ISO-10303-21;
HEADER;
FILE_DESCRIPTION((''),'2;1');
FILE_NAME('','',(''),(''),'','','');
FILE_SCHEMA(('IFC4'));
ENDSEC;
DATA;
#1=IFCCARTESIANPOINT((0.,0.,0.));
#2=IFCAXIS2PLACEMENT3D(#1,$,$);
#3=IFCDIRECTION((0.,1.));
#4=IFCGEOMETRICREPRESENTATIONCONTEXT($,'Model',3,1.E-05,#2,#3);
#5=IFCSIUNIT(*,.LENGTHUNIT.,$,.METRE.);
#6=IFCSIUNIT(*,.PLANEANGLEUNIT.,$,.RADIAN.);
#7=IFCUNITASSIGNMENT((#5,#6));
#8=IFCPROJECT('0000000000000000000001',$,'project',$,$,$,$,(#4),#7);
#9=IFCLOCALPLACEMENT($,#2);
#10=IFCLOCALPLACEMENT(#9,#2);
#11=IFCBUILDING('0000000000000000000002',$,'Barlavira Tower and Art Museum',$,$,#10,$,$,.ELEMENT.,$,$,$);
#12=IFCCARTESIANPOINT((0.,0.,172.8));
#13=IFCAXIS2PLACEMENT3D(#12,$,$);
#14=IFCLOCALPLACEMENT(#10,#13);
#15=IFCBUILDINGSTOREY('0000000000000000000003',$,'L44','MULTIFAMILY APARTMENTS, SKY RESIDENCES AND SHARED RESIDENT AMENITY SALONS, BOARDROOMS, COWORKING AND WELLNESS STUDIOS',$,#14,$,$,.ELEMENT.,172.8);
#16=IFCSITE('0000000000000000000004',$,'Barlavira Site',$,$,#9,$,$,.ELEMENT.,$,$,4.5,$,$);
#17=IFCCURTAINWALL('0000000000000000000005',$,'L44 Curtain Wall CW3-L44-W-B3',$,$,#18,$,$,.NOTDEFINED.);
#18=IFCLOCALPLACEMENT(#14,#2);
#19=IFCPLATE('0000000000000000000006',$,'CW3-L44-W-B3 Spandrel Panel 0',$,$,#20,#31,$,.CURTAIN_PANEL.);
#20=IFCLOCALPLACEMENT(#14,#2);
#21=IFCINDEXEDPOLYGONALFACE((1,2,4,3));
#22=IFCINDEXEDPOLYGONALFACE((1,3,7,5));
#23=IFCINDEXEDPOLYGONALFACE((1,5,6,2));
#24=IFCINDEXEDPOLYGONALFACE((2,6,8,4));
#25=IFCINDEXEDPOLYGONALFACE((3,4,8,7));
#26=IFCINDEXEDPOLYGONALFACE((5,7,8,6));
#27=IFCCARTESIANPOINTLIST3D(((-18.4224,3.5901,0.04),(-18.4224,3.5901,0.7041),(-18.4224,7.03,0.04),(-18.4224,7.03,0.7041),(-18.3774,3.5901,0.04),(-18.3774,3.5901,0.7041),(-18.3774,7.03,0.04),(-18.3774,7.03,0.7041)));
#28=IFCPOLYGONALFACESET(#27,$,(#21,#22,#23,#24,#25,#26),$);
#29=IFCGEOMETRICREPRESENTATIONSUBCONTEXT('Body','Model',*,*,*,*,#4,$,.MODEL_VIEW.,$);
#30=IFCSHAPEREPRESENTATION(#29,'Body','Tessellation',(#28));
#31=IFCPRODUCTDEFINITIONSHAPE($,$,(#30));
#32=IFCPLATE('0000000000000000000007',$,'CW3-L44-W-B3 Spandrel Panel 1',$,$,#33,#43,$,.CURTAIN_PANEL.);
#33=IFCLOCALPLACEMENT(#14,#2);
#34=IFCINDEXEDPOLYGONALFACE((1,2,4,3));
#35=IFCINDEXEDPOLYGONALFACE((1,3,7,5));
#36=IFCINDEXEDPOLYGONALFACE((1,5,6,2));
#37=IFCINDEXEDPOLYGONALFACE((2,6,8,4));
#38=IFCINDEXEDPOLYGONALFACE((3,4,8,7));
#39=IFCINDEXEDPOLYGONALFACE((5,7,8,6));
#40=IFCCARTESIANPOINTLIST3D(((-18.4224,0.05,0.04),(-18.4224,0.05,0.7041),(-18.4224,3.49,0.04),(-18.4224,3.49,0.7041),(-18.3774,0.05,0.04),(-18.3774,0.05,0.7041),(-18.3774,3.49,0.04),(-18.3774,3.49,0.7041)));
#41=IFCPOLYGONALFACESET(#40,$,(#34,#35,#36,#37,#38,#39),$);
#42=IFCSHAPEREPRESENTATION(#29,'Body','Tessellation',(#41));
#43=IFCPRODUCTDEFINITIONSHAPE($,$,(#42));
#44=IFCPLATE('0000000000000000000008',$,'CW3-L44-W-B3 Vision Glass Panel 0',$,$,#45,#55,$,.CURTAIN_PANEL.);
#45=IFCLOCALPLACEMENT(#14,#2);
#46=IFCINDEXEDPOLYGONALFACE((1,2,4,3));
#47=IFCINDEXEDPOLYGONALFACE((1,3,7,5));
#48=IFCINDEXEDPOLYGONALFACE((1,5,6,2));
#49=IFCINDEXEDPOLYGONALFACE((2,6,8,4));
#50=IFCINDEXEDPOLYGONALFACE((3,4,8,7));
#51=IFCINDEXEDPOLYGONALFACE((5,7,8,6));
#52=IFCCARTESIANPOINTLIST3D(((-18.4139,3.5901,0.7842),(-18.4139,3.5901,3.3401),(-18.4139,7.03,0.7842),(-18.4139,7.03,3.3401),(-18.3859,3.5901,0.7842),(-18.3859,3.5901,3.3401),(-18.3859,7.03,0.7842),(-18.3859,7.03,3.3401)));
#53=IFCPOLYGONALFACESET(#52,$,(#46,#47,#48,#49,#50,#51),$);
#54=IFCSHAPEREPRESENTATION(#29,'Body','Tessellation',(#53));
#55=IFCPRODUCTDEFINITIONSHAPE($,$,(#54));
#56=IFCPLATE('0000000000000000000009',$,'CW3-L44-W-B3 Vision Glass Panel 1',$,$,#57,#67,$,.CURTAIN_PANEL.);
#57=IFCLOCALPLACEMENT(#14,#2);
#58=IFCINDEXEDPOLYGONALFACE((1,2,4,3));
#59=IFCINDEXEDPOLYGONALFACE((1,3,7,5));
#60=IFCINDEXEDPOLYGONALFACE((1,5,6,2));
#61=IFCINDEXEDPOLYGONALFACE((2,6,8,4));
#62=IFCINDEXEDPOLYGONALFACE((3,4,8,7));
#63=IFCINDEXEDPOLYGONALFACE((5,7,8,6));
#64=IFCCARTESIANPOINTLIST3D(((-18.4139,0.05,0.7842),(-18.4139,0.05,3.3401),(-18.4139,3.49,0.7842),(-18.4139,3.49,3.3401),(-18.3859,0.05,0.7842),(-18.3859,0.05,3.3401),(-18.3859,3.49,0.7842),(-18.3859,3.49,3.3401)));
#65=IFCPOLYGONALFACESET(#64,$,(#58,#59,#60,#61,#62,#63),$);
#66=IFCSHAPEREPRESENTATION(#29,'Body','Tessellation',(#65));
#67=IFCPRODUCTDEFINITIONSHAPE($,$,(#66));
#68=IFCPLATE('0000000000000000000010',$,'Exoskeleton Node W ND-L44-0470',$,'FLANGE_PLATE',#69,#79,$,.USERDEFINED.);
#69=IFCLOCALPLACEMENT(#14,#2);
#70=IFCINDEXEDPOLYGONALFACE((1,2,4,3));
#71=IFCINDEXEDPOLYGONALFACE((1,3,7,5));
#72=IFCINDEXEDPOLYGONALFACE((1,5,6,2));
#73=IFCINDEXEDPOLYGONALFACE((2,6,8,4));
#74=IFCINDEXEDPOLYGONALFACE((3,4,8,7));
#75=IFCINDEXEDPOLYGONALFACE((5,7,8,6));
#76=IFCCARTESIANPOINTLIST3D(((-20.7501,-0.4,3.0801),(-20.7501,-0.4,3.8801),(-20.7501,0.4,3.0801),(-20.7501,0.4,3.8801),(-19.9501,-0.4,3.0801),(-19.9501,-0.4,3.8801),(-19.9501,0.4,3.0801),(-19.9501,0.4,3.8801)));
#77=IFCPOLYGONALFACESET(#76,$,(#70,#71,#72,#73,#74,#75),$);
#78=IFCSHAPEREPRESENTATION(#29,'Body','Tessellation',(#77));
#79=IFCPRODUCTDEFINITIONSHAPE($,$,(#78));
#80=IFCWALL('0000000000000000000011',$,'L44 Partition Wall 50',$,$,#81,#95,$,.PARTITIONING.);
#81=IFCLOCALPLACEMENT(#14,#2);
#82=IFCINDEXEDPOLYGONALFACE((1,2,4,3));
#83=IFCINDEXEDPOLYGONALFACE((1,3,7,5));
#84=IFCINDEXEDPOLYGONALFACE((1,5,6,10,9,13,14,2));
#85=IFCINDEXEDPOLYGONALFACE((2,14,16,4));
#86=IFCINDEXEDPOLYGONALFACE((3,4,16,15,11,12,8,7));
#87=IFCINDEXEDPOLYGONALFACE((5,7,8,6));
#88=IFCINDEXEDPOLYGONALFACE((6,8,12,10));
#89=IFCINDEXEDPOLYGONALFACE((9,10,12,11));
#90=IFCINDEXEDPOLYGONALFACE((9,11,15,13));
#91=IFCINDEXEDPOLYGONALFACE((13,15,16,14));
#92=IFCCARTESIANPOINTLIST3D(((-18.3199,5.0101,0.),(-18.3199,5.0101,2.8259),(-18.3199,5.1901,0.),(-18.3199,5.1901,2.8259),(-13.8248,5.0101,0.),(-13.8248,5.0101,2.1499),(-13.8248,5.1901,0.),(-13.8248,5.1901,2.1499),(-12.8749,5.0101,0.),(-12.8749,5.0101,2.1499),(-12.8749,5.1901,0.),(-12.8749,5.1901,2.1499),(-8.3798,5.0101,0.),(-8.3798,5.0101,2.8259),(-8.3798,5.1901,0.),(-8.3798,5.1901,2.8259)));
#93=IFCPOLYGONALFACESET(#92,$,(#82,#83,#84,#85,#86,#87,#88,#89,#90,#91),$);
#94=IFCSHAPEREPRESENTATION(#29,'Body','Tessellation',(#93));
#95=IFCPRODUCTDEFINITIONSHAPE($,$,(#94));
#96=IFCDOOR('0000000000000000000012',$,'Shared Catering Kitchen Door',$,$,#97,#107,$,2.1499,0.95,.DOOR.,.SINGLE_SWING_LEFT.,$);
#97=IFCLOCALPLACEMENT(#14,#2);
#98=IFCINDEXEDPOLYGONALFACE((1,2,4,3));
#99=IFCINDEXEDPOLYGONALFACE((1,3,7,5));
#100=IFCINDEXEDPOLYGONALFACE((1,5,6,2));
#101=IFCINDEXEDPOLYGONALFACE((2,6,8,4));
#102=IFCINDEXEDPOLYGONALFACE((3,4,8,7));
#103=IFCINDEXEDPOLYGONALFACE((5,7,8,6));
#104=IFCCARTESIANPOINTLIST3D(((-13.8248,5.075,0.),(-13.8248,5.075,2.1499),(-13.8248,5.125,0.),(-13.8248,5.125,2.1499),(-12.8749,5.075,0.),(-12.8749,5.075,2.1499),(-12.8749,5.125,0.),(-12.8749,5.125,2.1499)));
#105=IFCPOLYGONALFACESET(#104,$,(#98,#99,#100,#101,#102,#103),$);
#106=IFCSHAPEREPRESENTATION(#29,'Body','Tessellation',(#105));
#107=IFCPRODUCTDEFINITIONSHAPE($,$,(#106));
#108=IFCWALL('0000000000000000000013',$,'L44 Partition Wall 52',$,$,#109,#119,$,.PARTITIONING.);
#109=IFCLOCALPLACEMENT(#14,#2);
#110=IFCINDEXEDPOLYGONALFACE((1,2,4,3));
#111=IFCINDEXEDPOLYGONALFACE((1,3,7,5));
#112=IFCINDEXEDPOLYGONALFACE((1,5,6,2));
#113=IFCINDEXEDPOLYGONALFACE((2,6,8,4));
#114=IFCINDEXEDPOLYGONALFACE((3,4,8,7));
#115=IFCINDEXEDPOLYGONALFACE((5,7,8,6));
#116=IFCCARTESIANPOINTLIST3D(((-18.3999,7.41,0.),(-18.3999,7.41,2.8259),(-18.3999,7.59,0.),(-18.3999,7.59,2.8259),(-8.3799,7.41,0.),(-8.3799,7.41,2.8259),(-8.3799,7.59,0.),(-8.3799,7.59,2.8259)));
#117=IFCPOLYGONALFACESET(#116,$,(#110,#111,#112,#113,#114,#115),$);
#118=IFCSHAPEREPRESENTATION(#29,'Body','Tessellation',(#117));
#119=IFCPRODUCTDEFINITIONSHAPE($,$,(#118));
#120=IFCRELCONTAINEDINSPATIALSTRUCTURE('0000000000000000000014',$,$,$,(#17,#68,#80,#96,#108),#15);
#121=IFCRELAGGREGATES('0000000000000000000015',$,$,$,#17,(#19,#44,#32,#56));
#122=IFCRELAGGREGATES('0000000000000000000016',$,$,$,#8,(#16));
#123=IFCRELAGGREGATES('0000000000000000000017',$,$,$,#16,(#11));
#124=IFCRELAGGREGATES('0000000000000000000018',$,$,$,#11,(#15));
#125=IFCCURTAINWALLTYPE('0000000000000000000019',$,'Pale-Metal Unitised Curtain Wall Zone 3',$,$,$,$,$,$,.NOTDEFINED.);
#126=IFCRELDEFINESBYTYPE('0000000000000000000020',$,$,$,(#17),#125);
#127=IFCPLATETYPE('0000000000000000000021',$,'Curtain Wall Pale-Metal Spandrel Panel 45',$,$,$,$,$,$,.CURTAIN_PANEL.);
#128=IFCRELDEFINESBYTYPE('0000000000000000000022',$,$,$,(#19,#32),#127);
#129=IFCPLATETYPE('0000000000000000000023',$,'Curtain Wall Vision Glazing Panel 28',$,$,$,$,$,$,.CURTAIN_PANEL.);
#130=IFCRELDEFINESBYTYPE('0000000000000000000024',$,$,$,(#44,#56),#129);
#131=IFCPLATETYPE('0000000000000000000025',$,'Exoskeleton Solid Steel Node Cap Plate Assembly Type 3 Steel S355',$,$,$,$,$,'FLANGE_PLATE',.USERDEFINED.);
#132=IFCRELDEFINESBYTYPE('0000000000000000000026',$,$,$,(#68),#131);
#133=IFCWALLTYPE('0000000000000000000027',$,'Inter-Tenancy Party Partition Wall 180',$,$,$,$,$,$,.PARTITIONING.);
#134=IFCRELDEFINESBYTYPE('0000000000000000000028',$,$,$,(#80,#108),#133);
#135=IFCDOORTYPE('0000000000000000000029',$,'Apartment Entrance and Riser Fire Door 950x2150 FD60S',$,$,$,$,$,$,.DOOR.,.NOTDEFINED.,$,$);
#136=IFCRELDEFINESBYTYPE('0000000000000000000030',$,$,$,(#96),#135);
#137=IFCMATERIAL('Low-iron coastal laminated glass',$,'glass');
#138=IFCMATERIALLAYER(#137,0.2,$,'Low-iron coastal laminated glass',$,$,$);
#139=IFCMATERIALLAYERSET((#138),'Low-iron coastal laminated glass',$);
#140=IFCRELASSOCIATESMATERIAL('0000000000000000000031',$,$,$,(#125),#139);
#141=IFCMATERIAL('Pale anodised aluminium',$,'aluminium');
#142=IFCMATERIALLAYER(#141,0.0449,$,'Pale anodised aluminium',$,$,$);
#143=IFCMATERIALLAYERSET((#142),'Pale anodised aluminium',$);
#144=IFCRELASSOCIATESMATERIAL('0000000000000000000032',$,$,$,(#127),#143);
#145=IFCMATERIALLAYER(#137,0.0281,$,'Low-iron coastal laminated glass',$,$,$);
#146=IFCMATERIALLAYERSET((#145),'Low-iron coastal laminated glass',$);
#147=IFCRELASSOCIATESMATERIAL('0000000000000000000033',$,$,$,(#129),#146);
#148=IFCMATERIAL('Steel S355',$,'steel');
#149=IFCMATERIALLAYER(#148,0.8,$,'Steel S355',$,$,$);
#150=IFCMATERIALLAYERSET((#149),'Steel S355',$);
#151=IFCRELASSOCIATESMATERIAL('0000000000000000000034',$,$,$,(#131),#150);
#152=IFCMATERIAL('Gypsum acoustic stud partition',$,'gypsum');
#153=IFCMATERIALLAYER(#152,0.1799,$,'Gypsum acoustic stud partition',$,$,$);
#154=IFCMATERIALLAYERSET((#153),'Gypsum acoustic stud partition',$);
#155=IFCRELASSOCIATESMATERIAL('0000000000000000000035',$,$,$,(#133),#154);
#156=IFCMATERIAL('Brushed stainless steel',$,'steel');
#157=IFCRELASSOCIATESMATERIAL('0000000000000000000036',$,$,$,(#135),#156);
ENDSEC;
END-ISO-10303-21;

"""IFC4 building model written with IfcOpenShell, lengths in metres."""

from ifc_helpers import new_model, si_unit, direction, frame, frame_2d, origin, origin_2d, place, context, subcontext, project, spatial, rectangle, extrude, material, layer, layer_set, type_object, element, fill, aggregate, save


model = new_model("IFC4")

# Units and contexts
model_context = context("Model", 3, precision=1e-05, world=origin(), true_north=direction((0.0, 1.0)))
body_context = subcontext(model_context, "Body", "Model", "MODEL_VIEW")
ifc_project = project(units=[si_unit("LENGTHUNIT", "METRE"), si_unit("PLANEANGLEUNIT", "RADIAN")], contexts=[model_context])

# Site, building, storey
site_placement = place(None, origin())
site = spatial("IfcSite", under=ifc_project, at=site_placement, Name="Barlavira Site", CompositionType="ELEMENT", RefElevation=4.5)
building_placement = place(site_placement, origin())
building = spatial("IfcBuilding", under=site, at=building_placement, Name="Barlavira Tower and Art Museum", CompositionType="ELEMENT")
storey_placement = place(building_placement, frame((0.0, 0.0, 172.8)))
storey = spatial("IfcBuildingStorey", under=building, at=storey_placement, Name="L44", Description="MULTIFAMILY APARTMENTS, SKY RESIDENCES AND SHARED RESIDENT AMENITY SALONS, BOARDROOMS, COWORKING AND WELLNESS STUDIOS", CompositionType="ELEMENT", Elevation=172.8)

# Curtain wall
ifc_material_1 = material(Name="Low-iron coastal laminated glass", Category="glass")
ifc_layer_1 = layer(ifc_material_1, 0.2, Name="Low-iron coastal laminated glass")
ifc_layer_set_1 = layer_set([ifc_layer_1], Name="Low-iron coastal laminated glass")
curtain_wall_type = type_object("IfcCurtainWallType", Name="Pale-Metal Unitised Curtain Wall Zone 3", PredefinedType="NOTDEFINED", material=ifc_layer_set_1)
curtain_wall_placement = place(storey_placement, origin())
curtain_wall = element("IfcCurtainWall", 1, at=curtain_wall_placement, inside=storey, type_object=curtain_wall_type, Name="L44 Curtain Wall CW3-L44-W-B3", PredefinedType="NOTDEFINED")
ifc_material_2 = material(Name="Pale anodised aluminium", Category="aluminium")

# Shared definitions
ifc_material_3 = material(Name="Steel S355", Category="steel")

# Plates
ifc_layer_2 = layer(ifc_material_2, 0.0449, Name="Pale anodised aluminium")
ifc_layer_set_2 = layer_set([ifc_layer_2], Name="Pale anodised aluminium")
plate_type_1 = type_object("IfcPlateType", Name="Curtain Wall Pale-Metal Spandrel Panel 45", PredefinedType="CURTAIN_PANEL", material=ifc_layer_set_2)
plate_1_placement = place(storey_placement, frame((-18.3999, 5.3101, 0.04), z_axis=(0.0, 0.0, 1.0), x_axis=(0.0, -1.0, 0.0)))
plate_1 = element("IfcPlate", 2, at=plate_1_placement, type_object=plate_type_1, Name="CW3-L44-W-B3 Spandrel Panel 0", PredefinedType="CURTAIN_PANEL", context=body_context, shape_type="SweptSolid", body=[
    extrude(rectangle(XDim=3.4399, YDim=0.0449, at=origin_2d()), origin(), (0.0, 0.0, 1.0), 0.6641),
])
plate_2_placement = place(storey_placement, frame((-18.3999, 1.77, 0.04), z_axis=(0.0, 0.0, 1.0), x_axis=(0.0, -1.0, 0.0)))
plate_2 = element("IfcPlate", 3, at=plate_2_placement, type_object=plate_type_1, Name="CW3-L44-W-B3 Spandrel Panel 1", PredefinedType="CURTAIN_PANEL", context=body_context, shape_type="SweptSolid", body=[
    extrude(rectangle(XDim=3.4399, YDim=0.0449, at=origin_2d()), origin(), (0.0, 0.0, 1.0), 0.6641),
])
ifc_layer_3 = layer(ifc_material_1, 0.0281, Name="Low-iron coastal laminated glass")
ifc_layer_set_3 = layer_set([ifc_layer_3], Name="Low-iron coastal laminated glass")
plate_type_2 = type_object("IfcPlateType", Name="Curtain Wall Vision Glazing Panel 28", PredefinedType="CURTAIN_PANEL", material=ifc_layer_set_3)
plate_3_placement = place(storey_placement, frame((-18.3999, 5.3101, 0.7842), z_axis=(0.0, 0.0, 1.0), x_axis=(0.0, -1.0, 0.0)))
plate_3 = element("IfcPlate", 4, at=plate_3_placement, type_object=plate_type_2, Name="CW3-L44-W-B3 Vision Glass Panel 0", PredefinedType="CURTAIN_PANEL", context=body_context, shape_type="SweptSolid", body=[
    extrude(rectangle(XDim=3.4399, YDim=0.0281, at=origin_2d()), origin(), (0.0, 0.0, 1.0), 2.5559),
])
plate_4_placement = place(storey_placement, frame((-18.3999, 1.77, 0.7842), z_axis=(0.0, 0.0, 1.0), x_axis=(0.0, -1.0, 0.0)))
plate_4 = element("IfcPlate", 5, at=plate_4_placement, type_object=plate_type_2, Name="CW3-L44-W-B3 Vision Glass Panel 1", PredefinedType="CURTAIN_PANEL", context=body_context, shape_type="SweptSolid", body=[
    extrude(rectangle(XDim=3.4399, YDim=0.0281, at=origin_2d()), origin(), (0.0, 0.0, 1.0), 2.5559),
])
aggregate(curtain_wall, [plate_1, plate_3, plate_2, plate_4])
ifc_layer_4 = layer(ifc_material_3, 0.8, Name="Steel S355")
ifc_layer_set_4 = layer_set([ifc_layer_4], Name="Steel S355")
plate_type_3 = type_object("IfcPlateType", Name="Exoskeleton Solid Steel Node Cap Plate Assembly Type 3 Steel S355", ElementType="FLANGE_PLATE", PredefinedType="USERDEFINED", material=ifc_layer_set_4)
plate_5_placement = place(storey_placement, frame((-20.3501, 0.0, 3.0801), z_axis=(0.0, 0.0, 1.0), x_axis=(1.0, 0.0, 0.0)))
element("IfcPlate", 6, at=plate_5_placement, inside=storey, type_object=plate_type_3, Name="Exoskeleton Node W ND-L44-0470", ObjectType="FLANGE_PLATE", PredefinedType="USERDEFINED", context=body_context, shape_type="SweptSolid", body=[
    extrude(rectangle(XDim=0.8, YDim=0.8, at=origin_2d()), origin(), (0.0, 0.0, 1.0), 0.8),
])

# Wall, opening, door
ifc_material_4 = material(Name="Gypsum acoustic stud partition", Category="gypsum")
ifc_layer_5 = layer(ifc_material_4, 0.1799, Name="Gypsum acoustic stud partition")
ifc_layer_set_5 = layer_set([ifc_layer_5], Name="Gypsum acoustic stud partition")
wall_type = type_object("IfcWallType", Name="Inter-Tenancy Party Partition Wall 180", PredefinedType="PARTITIONING", material=ifc_layer_set_5)
wall_1_placement = place(storey_placement, frame((-18.3201, 5.1001, 0.0), z_axis=(0.0, 0.0, 1.0), x_axis=(1.0, 0.0, 0.0)))
wall_1 = element("IfcWall", 7, at=wall_1_placement, inside=storey, type_object=wall_type, Name="L44 Partition Wall 50", PredefinedType="PARTITIONING", context=body_context, shape_type="SweptSolid", body=[
    extrude(rectangle(XDim=9.9402, YDim=0.1799, at=frame_2d((4.9702, 0.0))), origin(), (0.0, 0.0, 1.0), 2.8259),
])
opening_placement = place(wall_1_placement, frame((4.4951, 0.0, 0.0)))
opening = element("IfcOpeningElement", 8, at=opening_placement, cuts=wall_1, PredefinedType="OPENING", context=body_context, shape_type="SweptSolid", body=[
    extrude(rectangle(XDim=0.95, YDim=2.1499, at=frame_2d((0.4751, 1.075))), frame((0.0, 0.1001, 0.0), z_axis=(0.0, -1.0, 0.0), x_axis=(1.0, 0.0, 0.0)), (0.0, 0.0, 1.0), 0.2),
])
ifc_material_5 = material(Name="Brushed stainless steel", Category="steel")
door_type = type_object("IfcDoorType", Name="Apartment Entrance and Riser Fire Door 950x2150 FD60S", OperationType="NOTDEFINED", PredefinedType="DOOR", material=ifc_material_5)
door_placement = place(opening_placement, origin())
door = element("IfcDoor", 9, at=door_placement, inside=storey, type_object=door_type, Name="Shared Catering Kitchen Door", OperationType="SINGLE_SWING_LEFT", OverallHeight=2.1499, OverallWidth=0.95, PredefinedType="DOOR", context=body_context, shape_type="SweptSolid", body=[
    extrude(rectangle(XDim=0.95, YDim=2.1499, at=frame_2d((0.4751, 1.075))), frame((0.0, 0.0249, 0.0), z_axis=(0.0, -1.0, 0.0), x_axis=(1.0, 0.0, 0.0)), (0.0, 0.0, 1.0), 0.05),
])
fill(opening, door)

# Wall
wall_2_placement = place(storey_placement, frame((-18.3999, 7.5, 0.0), z_axis=(0.0, 0.0, 1.0), x_axis=(1.0, 0.0, 0.0)))
element("IfcWall", 10, at=wall_2_placement, inside=storey, type_object=wall_type, Name="L44 Partition Wall 52", PredefinedType="PARTITIONING", context=body_context, shape_type="SweptSolid", body=[
    extrude(rectangle(XDim=10.02, YDim=0.1799, at=frame_2d((5.01, 0.0))), origin(), (0.0, 0.0, 1.0), 2.8259),
])

save(model, "model.ifc")
